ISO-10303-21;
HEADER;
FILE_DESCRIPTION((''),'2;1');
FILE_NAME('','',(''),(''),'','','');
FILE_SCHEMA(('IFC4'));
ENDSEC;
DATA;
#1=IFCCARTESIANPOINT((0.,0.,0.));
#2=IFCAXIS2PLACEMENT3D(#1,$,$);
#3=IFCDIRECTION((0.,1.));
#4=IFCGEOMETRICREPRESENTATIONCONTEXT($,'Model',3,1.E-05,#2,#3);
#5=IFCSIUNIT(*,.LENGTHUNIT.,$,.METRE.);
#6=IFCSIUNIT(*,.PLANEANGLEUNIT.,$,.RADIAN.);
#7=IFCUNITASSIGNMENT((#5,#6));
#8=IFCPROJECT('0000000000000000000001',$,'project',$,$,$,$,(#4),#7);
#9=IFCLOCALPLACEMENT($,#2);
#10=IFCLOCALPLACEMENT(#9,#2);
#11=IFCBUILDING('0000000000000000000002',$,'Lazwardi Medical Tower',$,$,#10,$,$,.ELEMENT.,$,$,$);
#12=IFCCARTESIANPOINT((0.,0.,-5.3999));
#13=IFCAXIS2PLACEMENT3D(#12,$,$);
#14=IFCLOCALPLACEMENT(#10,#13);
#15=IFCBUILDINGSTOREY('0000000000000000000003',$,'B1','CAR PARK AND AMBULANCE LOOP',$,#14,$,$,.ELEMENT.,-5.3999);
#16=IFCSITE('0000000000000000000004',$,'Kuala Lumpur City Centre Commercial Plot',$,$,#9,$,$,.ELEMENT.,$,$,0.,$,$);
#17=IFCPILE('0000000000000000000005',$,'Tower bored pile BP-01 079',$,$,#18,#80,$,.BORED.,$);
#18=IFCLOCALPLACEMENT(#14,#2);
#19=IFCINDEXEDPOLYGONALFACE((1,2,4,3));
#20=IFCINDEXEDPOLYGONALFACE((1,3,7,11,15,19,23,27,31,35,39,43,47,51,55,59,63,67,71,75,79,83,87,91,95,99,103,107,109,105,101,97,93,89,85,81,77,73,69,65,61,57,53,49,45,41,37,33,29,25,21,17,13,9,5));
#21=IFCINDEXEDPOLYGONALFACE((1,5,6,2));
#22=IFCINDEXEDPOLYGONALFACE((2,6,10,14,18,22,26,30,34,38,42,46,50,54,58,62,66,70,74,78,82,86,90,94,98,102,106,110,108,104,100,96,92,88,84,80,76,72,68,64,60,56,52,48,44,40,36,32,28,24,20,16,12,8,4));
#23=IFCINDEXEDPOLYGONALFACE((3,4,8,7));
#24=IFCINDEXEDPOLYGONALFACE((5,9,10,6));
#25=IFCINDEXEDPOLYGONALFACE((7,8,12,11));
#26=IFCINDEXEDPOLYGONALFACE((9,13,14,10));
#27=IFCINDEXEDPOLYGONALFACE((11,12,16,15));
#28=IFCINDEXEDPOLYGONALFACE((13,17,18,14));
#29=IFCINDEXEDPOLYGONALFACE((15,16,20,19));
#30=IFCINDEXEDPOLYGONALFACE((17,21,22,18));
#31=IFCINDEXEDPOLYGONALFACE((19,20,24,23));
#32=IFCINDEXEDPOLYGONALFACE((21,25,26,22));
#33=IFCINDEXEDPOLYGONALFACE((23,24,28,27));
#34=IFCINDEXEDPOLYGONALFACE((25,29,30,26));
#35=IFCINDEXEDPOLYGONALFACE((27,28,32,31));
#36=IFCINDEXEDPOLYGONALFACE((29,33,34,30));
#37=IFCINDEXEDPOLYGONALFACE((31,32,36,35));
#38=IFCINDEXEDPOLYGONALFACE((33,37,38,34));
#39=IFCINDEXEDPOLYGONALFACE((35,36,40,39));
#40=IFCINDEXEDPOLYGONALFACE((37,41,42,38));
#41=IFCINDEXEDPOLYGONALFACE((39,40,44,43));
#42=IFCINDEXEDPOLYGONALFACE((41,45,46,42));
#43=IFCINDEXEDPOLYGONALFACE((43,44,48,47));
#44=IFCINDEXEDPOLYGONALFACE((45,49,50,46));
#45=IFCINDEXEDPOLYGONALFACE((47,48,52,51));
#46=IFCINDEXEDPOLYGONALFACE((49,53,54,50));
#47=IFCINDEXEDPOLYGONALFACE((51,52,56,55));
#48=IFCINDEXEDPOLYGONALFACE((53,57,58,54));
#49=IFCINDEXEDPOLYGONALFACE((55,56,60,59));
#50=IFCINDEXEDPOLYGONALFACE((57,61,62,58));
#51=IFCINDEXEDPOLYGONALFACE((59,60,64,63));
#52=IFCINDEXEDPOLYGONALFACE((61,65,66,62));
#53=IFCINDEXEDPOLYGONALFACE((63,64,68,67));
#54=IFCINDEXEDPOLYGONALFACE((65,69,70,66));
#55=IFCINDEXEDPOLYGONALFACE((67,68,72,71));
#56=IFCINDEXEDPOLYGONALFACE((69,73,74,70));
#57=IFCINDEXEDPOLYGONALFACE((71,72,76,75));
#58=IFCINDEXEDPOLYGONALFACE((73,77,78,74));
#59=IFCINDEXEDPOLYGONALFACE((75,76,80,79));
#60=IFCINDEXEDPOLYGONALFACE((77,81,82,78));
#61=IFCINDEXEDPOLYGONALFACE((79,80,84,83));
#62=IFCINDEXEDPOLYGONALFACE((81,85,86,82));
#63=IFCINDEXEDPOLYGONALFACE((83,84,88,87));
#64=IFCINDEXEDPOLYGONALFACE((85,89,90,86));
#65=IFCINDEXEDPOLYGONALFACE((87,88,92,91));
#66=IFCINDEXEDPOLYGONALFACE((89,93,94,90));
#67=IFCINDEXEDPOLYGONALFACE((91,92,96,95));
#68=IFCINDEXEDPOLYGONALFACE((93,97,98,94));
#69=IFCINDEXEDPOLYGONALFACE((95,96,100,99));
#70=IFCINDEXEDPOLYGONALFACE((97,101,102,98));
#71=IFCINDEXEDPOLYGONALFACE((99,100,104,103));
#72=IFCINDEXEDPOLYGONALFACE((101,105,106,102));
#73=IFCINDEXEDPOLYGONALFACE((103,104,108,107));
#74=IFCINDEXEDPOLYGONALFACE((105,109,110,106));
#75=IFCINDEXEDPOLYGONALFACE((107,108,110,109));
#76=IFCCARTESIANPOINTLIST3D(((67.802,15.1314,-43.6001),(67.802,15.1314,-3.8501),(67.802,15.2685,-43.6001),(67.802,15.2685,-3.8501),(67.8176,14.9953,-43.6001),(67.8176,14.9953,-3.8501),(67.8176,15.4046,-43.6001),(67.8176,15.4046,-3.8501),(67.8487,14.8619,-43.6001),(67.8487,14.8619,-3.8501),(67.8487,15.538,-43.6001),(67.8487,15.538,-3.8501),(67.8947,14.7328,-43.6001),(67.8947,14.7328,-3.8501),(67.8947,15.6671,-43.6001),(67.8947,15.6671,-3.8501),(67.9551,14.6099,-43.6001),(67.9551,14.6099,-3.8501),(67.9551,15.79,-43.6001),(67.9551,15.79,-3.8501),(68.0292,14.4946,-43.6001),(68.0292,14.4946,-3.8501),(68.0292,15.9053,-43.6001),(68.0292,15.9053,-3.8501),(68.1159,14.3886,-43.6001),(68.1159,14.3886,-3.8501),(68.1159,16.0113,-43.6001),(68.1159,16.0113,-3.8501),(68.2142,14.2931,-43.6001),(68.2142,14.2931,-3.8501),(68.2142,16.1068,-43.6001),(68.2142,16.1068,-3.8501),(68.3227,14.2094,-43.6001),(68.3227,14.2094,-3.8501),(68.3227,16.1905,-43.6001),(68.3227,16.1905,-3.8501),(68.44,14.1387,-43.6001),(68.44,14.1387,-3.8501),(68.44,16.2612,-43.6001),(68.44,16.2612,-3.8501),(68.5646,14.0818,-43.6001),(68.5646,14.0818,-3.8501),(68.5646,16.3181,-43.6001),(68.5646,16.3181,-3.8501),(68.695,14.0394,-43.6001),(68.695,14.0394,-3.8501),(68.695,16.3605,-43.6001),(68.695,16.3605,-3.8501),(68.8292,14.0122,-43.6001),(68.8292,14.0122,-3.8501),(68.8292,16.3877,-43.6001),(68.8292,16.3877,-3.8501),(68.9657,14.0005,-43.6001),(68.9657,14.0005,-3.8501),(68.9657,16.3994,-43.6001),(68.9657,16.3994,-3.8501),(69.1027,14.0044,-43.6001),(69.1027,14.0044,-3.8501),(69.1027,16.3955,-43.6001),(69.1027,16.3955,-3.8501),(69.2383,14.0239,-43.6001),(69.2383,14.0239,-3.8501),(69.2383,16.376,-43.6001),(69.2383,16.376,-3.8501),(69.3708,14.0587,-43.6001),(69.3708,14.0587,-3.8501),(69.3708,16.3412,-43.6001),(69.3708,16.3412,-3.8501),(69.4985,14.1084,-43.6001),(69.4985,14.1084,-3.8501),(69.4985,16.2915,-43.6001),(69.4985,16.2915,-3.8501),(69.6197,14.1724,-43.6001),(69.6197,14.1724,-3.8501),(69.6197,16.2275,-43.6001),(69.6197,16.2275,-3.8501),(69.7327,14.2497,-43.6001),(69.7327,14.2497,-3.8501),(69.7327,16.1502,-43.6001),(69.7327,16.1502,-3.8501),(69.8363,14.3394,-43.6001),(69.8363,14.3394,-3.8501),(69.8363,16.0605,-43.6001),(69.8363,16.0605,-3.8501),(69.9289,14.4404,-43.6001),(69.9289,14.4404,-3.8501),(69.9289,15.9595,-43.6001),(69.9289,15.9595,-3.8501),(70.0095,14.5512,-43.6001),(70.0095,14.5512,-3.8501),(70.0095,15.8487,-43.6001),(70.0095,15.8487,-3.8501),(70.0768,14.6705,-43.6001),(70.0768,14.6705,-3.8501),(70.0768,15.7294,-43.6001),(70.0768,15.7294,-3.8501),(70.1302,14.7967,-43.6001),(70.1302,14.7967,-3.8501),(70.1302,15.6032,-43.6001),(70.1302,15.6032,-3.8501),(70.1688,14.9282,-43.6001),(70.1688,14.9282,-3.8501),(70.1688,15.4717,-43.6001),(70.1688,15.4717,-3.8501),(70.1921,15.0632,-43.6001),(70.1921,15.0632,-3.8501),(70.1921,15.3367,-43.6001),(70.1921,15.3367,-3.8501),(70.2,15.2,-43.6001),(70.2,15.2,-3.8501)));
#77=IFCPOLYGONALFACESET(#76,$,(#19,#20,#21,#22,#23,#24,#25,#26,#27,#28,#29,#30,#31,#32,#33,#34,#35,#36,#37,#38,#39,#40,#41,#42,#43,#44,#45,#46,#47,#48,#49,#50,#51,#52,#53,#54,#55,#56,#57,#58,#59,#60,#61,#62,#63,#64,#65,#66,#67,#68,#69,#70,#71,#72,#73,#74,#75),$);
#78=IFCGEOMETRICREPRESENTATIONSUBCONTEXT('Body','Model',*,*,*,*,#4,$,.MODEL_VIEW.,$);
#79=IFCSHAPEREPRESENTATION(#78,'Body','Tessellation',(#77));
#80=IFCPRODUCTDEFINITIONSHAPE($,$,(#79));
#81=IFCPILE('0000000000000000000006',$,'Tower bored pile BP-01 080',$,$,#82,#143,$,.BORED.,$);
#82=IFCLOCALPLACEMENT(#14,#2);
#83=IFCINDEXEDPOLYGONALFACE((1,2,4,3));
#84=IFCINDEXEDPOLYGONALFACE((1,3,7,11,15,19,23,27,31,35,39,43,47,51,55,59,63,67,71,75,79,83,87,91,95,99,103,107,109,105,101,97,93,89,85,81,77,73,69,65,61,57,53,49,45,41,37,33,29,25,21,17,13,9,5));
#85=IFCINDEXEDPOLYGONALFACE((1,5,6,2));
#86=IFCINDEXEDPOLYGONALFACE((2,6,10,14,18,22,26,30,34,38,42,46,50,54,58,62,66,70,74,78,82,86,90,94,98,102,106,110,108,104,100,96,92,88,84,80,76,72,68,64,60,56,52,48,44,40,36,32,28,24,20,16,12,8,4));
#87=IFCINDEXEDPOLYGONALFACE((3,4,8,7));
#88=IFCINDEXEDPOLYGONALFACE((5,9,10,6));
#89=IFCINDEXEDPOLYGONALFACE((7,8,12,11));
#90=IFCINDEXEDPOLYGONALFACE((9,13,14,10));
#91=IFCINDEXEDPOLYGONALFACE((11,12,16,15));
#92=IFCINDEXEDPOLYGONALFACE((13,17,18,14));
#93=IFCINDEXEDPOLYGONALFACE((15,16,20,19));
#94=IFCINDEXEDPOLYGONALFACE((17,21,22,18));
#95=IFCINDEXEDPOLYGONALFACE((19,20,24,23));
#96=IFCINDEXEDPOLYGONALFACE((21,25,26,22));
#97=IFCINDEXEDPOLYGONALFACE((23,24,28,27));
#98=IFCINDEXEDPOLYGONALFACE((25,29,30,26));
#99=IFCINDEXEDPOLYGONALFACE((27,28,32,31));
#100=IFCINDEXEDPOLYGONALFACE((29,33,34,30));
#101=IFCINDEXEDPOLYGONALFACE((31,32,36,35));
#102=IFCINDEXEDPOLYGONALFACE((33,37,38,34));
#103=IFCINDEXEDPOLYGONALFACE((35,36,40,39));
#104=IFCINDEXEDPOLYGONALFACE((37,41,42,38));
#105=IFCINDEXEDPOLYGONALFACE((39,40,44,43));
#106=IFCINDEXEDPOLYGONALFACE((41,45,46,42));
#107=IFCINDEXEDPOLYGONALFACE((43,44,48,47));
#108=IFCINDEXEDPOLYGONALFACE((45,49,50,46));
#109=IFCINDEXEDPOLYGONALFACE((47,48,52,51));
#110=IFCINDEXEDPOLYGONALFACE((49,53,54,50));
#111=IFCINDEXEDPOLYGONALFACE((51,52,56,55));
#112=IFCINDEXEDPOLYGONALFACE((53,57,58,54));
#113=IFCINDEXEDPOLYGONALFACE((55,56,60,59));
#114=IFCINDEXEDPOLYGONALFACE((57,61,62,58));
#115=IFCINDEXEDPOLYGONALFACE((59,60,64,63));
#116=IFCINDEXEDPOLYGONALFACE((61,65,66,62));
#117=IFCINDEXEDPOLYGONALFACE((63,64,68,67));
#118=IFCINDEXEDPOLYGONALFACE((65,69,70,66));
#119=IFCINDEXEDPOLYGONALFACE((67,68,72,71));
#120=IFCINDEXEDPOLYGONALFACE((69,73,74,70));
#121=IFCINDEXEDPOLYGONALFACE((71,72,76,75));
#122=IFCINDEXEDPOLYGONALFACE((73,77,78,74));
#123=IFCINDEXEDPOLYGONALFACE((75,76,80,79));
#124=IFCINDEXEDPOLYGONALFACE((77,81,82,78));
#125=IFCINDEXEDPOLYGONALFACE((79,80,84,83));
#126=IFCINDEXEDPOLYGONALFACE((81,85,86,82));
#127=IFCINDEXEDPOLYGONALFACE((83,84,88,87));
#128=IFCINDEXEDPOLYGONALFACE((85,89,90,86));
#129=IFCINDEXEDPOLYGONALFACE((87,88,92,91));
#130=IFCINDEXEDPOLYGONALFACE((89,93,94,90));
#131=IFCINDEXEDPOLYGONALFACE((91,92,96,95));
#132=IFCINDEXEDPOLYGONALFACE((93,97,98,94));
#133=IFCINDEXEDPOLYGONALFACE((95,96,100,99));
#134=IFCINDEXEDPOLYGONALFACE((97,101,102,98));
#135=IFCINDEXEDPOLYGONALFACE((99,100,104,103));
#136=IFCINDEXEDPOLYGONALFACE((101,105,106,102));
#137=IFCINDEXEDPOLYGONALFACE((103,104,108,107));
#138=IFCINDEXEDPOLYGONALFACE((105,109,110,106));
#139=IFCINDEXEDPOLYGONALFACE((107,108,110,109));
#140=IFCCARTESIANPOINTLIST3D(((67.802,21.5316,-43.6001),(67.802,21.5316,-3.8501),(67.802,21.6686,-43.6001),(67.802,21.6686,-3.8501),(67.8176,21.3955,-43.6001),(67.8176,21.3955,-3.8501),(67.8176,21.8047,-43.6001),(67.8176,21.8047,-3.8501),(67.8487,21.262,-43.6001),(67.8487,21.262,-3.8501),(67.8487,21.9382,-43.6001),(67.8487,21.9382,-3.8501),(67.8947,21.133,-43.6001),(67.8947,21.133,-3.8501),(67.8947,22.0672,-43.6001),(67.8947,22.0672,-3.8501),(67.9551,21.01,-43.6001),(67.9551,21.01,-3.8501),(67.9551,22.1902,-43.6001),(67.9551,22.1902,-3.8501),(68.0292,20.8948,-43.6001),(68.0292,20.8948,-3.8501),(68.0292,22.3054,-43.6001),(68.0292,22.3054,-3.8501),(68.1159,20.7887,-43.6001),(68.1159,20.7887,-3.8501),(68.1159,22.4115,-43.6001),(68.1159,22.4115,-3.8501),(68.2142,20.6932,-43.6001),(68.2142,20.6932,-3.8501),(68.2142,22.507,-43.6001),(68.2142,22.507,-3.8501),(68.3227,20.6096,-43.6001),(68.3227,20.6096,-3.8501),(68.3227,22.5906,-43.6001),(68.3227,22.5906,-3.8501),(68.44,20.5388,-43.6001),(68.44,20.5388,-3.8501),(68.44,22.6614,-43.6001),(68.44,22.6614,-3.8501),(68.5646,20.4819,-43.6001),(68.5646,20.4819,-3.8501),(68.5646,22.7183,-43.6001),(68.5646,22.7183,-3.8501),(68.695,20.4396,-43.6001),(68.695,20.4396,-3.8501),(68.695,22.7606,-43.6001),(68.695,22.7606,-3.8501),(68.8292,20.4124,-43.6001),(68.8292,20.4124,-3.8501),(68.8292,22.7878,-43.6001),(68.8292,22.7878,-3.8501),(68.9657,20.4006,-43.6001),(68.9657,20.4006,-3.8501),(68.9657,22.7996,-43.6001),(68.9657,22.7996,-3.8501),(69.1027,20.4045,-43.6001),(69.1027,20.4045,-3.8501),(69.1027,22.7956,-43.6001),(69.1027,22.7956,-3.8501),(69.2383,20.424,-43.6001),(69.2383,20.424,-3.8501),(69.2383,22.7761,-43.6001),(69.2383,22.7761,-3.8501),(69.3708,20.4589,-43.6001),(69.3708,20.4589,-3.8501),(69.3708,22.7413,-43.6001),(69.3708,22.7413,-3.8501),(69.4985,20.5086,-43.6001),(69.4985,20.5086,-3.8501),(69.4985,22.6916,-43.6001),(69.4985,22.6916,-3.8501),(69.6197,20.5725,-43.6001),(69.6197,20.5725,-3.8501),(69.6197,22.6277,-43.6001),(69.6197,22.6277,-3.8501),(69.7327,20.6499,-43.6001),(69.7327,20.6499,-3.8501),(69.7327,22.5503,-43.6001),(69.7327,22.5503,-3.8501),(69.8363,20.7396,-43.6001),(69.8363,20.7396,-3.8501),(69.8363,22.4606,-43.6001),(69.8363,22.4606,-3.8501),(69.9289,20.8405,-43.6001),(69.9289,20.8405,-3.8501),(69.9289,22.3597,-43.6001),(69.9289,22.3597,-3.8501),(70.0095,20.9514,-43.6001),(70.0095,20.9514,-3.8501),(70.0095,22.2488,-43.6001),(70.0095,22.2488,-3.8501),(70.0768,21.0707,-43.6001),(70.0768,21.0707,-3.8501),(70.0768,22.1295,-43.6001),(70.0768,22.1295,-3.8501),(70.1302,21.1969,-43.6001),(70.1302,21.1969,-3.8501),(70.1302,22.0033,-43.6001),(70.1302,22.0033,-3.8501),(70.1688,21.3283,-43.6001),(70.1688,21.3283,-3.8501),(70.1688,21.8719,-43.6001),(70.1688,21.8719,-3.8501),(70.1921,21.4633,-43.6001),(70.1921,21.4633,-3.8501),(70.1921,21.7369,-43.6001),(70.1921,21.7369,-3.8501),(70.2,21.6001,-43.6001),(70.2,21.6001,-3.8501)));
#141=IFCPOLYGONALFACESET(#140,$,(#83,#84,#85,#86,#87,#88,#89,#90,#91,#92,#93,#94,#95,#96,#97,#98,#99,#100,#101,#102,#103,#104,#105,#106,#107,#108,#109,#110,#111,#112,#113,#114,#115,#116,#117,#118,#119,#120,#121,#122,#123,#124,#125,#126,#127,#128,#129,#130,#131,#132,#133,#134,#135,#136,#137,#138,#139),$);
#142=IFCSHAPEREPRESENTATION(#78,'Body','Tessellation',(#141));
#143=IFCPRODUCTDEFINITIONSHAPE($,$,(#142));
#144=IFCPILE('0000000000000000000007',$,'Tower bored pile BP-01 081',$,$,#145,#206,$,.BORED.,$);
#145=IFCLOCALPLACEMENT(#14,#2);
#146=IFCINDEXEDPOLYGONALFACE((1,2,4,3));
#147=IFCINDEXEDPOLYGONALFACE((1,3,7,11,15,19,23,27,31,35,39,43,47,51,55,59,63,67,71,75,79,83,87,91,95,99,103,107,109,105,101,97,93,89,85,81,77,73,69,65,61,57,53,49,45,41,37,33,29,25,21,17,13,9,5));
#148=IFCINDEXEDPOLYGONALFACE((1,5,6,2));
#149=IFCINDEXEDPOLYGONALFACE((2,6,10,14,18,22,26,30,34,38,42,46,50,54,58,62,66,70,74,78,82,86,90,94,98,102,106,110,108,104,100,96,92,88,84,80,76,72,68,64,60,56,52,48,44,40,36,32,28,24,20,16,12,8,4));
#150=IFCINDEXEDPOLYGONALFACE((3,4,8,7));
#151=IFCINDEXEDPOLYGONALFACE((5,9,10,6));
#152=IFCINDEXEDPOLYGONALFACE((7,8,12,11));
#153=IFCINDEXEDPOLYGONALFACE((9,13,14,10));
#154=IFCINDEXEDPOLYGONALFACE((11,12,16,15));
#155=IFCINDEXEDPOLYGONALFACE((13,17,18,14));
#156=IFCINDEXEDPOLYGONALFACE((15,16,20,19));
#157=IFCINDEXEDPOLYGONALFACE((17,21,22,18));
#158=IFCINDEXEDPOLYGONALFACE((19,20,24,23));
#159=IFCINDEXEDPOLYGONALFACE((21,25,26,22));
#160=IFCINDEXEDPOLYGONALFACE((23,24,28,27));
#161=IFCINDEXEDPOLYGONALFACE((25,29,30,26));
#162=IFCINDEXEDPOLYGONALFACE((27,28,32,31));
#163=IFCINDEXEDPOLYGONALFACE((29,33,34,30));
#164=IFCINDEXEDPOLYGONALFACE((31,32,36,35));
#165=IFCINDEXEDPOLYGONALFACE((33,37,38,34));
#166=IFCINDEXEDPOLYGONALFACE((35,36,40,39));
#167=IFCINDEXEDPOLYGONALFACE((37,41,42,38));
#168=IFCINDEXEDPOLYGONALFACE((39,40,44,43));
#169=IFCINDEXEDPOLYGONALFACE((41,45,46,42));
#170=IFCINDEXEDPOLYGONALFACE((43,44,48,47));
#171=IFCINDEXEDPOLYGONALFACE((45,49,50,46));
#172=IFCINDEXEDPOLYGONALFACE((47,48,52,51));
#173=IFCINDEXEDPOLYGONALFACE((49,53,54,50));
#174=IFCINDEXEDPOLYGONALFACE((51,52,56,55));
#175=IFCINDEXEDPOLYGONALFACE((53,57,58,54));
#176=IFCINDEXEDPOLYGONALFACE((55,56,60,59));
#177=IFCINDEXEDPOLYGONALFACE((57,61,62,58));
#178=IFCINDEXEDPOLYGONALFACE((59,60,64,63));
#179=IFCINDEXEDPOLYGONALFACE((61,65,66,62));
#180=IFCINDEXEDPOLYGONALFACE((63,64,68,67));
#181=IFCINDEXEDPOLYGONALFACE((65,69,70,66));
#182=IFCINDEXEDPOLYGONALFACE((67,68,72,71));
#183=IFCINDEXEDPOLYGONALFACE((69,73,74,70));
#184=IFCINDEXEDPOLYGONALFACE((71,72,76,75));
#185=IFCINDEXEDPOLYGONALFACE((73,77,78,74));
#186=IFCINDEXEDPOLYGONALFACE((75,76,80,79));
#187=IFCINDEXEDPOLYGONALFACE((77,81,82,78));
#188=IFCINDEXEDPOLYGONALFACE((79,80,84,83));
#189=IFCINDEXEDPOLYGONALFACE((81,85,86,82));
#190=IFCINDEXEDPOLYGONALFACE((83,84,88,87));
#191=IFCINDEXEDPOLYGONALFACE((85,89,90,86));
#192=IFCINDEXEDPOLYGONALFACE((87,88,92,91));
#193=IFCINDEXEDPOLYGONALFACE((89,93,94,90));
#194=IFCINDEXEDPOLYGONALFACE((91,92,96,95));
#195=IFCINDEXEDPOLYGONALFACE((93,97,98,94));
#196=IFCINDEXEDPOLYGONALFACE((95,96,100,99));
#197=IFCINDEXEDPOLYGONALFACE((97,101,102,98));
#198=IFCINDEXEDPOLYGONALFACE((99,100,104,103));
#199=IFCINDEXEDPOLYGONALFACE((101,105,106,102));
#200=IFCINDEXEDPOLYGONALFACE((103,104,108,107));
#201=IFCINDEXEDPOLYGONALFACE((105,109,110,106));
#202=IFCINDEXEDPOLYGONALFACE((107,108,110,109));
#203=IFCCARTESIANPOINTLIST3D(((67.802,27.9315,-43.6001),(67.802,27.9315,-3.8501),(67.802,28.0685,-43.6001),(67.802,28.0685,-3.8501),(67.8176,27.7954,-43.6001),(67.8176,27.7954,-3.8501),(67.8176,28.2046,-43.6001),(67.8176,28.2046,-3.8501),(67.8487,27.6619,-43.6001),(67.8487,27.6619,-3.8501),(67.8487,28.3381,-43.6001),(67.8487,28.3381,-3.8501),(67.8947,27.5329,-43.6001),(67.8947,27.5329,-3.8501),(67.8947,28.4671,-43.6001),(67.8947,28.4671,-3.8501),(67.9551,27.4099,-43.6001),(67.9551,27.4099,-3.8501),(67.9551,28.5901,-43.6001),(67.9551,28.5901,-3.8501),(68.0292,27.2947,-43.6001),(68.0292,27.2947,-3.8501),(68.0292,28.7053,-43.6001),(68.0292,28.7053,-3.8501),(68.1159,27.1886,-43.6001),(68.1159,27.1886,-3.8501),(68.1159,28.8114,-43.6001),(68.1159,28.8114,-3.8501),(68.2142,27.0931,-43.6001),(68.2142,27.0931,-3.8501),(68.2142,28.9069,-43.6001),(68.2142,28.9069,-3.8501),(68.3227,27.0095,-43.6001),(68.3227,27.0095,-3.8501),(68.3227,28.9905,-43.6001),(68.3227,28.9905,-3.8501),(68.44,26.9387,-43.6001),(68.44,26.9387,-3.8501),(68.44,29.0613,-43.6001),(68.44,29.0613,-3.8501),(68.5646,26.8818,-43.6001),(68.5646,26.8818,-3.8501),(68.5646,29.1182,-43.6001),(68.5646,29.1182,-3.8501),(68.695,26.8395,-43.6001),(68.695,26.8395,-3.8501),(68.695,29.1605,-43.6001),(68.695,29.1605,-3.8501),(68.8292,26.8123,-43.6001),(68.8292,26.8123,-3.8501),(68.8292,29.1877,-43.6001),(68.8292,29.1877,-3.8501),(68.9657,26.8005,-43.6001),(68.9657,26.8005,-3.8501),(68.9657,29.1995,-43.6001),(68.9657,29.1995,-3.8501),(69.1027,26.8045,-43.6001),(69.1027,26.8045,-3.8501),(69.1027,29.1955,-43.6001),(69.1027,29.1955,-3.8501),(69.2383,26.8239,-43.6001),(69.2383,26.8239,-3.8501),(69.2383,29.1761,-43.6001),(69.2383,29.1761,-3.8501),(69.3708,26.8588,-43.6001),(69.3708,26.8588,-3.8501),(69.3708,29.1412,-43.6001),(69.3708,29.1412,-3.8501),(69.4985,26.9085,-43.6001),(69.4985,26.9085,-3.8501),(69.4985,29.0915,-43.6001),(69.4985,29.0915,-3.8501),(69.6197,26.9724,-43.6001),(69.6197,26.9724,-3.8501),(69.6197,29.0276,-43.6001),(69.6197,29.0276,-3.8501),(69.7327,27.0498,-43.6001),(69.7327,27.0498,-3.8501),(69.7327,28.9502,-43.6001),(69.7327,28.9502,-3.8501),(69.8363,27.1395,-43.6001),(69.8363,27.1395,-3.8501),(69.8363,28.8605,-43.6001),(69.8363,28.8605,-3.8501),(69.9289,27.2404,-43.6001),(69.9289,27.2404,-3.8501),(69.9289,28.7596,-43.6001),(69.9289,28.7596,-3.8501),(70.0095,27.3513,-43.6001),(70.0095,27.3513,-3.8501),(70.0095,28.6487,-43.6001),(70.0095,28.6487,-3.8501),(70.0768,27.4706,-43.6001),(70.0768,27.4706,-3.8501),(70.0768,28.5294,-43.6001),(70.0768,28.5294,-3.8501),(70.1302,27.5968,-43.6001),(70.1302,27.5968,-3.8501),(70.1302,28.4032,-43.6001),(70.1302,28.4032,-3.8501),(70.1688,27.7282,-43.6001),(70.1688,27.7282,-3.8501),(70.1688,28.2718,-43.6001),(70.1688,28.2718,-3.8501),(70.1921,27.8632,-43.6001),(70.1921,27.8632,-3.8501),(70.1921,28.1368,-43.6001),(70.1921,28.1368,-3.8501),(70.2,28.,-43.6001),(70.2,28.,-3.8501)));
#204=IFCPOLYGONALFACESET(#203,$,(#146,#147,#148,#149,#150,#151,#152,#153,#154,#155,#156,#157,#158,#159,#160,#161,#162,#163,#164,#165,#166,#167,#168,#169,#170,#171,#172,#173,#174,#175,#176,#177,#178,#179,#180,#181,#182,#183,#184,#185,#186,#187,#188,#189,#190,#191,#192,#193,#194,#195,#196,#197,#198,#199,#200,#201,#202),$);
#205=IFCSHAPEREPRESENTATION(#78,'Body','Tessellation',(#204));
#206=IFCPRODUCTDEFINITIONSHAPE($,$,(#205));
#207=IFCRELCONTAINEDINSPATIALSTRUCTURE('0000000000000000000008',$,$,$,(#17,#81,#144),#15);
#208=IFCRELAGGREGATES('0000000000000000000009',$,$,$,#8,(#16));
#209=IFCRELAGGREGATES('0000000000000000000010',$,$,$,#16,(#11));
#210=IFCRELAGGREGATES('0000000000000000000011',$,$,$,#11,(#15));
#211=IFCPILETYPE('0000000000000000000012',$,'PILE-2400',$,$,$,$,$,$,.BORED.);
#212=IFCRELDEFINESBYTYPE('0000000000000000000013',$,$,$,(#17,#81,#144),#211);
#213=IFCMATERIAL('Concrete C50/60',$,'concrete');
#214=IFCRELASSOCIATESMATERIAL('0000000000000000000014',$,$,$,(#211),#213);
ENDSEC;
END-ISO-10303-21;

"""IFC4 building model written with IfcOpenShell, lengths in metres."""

from ifc_helpers import new_model, si_unit, direction, frame, origin, origin_2d, place, context, subcontext, project, spatial, circle, extrude, material, material_profile, profile_set, type_object, element, save


model = new_model("IFC4")

# Units and contexts
model_context = context("Model", 3, precision=1e-05, world=origin(), true_north=direction((0.0, 1.0)))
body_context = subcontext(model_context, "Body", "Model", "MODEL_VIEW")
ifc_project = project(units=[si_unit("LENGTHUNIT", "METRE"), si_unit("PLANEANGLEUNIT", "RADIAN")], contexts=[model_context])

# Site, building, storey
site_placement = place(None, origin())
site = spatial("IfcSite", under=ifc_project, at=site_placement, Name="Kuala Lumpur City Centre Commercial Plot", CompositionType="ELEMENT", RefElevation=0.0)
building_placement = place(site_placement, origin())
building = spatial("IfcBuilding", under=site, at=building_placement, Name="Lazwardi Medical Tower", CompositionType="ELEMENT")
storey_placement = place(building_placement, frame((0.0, 0.0, -5.3999)))
storey = spatial("IfcBuildingStorey", under=building, at=storey_placement, Name="B1", Description="CAR PARK AND AMBULANCE LOOP", CompositionType="ELEMENT", Elevation=-5.3999)

# Piles
ifc_material_1 = material(Name="Concrete C50/60", Category="concrete")
ifc_material_profile_1 = material_profile(ifc_material_1, circle(Radius=1.2, at=origin_2d()), Name="BORED PILE D2400")
ifc_profile_set_1 = profile_set([ifc_material_profile_1], Name="Concrete C50/60")
pile_type = type_object("IfcPileType", Name="PILE-2400", PredefinedType="BORED", material=ifc_profile_set_1)
for number, where, z_axis, x_axis, name in (
    (1, (69.0, 15.2, -3.8501), (0.0, 0.0, -1.0), (1.0, 0.0, 0.0), "Tower bored pile BP-01 079"),
    (2, (69.0, 21.6001, -3.8501), (0.0, 0.0, -1.0), (1.0, 0.0, 0.0), "Tower bored pile BP-01 080"),
    (3, (69.0, 28.0, -3.8501), (0.0, 0.0, -1.0), (1.0, 0.0, 0.0), "Tower bored pile BP-01 081"),
):
    element("IfcPile", number, at=place(storey_placement, frame(where, z_axis=z_axis, x_axis=x_axis)), inside=storey, type_object=pile_type, Name=name, PredefinedType="BORED", context=body_context, shape_type="SweptSolid", body=[
        extrude(circle(Radius=1.2, at=origin_2d()), origin(), (0.0, 0.0, 1.0), 39.75),
    ])

save(model, "model.ifc")
